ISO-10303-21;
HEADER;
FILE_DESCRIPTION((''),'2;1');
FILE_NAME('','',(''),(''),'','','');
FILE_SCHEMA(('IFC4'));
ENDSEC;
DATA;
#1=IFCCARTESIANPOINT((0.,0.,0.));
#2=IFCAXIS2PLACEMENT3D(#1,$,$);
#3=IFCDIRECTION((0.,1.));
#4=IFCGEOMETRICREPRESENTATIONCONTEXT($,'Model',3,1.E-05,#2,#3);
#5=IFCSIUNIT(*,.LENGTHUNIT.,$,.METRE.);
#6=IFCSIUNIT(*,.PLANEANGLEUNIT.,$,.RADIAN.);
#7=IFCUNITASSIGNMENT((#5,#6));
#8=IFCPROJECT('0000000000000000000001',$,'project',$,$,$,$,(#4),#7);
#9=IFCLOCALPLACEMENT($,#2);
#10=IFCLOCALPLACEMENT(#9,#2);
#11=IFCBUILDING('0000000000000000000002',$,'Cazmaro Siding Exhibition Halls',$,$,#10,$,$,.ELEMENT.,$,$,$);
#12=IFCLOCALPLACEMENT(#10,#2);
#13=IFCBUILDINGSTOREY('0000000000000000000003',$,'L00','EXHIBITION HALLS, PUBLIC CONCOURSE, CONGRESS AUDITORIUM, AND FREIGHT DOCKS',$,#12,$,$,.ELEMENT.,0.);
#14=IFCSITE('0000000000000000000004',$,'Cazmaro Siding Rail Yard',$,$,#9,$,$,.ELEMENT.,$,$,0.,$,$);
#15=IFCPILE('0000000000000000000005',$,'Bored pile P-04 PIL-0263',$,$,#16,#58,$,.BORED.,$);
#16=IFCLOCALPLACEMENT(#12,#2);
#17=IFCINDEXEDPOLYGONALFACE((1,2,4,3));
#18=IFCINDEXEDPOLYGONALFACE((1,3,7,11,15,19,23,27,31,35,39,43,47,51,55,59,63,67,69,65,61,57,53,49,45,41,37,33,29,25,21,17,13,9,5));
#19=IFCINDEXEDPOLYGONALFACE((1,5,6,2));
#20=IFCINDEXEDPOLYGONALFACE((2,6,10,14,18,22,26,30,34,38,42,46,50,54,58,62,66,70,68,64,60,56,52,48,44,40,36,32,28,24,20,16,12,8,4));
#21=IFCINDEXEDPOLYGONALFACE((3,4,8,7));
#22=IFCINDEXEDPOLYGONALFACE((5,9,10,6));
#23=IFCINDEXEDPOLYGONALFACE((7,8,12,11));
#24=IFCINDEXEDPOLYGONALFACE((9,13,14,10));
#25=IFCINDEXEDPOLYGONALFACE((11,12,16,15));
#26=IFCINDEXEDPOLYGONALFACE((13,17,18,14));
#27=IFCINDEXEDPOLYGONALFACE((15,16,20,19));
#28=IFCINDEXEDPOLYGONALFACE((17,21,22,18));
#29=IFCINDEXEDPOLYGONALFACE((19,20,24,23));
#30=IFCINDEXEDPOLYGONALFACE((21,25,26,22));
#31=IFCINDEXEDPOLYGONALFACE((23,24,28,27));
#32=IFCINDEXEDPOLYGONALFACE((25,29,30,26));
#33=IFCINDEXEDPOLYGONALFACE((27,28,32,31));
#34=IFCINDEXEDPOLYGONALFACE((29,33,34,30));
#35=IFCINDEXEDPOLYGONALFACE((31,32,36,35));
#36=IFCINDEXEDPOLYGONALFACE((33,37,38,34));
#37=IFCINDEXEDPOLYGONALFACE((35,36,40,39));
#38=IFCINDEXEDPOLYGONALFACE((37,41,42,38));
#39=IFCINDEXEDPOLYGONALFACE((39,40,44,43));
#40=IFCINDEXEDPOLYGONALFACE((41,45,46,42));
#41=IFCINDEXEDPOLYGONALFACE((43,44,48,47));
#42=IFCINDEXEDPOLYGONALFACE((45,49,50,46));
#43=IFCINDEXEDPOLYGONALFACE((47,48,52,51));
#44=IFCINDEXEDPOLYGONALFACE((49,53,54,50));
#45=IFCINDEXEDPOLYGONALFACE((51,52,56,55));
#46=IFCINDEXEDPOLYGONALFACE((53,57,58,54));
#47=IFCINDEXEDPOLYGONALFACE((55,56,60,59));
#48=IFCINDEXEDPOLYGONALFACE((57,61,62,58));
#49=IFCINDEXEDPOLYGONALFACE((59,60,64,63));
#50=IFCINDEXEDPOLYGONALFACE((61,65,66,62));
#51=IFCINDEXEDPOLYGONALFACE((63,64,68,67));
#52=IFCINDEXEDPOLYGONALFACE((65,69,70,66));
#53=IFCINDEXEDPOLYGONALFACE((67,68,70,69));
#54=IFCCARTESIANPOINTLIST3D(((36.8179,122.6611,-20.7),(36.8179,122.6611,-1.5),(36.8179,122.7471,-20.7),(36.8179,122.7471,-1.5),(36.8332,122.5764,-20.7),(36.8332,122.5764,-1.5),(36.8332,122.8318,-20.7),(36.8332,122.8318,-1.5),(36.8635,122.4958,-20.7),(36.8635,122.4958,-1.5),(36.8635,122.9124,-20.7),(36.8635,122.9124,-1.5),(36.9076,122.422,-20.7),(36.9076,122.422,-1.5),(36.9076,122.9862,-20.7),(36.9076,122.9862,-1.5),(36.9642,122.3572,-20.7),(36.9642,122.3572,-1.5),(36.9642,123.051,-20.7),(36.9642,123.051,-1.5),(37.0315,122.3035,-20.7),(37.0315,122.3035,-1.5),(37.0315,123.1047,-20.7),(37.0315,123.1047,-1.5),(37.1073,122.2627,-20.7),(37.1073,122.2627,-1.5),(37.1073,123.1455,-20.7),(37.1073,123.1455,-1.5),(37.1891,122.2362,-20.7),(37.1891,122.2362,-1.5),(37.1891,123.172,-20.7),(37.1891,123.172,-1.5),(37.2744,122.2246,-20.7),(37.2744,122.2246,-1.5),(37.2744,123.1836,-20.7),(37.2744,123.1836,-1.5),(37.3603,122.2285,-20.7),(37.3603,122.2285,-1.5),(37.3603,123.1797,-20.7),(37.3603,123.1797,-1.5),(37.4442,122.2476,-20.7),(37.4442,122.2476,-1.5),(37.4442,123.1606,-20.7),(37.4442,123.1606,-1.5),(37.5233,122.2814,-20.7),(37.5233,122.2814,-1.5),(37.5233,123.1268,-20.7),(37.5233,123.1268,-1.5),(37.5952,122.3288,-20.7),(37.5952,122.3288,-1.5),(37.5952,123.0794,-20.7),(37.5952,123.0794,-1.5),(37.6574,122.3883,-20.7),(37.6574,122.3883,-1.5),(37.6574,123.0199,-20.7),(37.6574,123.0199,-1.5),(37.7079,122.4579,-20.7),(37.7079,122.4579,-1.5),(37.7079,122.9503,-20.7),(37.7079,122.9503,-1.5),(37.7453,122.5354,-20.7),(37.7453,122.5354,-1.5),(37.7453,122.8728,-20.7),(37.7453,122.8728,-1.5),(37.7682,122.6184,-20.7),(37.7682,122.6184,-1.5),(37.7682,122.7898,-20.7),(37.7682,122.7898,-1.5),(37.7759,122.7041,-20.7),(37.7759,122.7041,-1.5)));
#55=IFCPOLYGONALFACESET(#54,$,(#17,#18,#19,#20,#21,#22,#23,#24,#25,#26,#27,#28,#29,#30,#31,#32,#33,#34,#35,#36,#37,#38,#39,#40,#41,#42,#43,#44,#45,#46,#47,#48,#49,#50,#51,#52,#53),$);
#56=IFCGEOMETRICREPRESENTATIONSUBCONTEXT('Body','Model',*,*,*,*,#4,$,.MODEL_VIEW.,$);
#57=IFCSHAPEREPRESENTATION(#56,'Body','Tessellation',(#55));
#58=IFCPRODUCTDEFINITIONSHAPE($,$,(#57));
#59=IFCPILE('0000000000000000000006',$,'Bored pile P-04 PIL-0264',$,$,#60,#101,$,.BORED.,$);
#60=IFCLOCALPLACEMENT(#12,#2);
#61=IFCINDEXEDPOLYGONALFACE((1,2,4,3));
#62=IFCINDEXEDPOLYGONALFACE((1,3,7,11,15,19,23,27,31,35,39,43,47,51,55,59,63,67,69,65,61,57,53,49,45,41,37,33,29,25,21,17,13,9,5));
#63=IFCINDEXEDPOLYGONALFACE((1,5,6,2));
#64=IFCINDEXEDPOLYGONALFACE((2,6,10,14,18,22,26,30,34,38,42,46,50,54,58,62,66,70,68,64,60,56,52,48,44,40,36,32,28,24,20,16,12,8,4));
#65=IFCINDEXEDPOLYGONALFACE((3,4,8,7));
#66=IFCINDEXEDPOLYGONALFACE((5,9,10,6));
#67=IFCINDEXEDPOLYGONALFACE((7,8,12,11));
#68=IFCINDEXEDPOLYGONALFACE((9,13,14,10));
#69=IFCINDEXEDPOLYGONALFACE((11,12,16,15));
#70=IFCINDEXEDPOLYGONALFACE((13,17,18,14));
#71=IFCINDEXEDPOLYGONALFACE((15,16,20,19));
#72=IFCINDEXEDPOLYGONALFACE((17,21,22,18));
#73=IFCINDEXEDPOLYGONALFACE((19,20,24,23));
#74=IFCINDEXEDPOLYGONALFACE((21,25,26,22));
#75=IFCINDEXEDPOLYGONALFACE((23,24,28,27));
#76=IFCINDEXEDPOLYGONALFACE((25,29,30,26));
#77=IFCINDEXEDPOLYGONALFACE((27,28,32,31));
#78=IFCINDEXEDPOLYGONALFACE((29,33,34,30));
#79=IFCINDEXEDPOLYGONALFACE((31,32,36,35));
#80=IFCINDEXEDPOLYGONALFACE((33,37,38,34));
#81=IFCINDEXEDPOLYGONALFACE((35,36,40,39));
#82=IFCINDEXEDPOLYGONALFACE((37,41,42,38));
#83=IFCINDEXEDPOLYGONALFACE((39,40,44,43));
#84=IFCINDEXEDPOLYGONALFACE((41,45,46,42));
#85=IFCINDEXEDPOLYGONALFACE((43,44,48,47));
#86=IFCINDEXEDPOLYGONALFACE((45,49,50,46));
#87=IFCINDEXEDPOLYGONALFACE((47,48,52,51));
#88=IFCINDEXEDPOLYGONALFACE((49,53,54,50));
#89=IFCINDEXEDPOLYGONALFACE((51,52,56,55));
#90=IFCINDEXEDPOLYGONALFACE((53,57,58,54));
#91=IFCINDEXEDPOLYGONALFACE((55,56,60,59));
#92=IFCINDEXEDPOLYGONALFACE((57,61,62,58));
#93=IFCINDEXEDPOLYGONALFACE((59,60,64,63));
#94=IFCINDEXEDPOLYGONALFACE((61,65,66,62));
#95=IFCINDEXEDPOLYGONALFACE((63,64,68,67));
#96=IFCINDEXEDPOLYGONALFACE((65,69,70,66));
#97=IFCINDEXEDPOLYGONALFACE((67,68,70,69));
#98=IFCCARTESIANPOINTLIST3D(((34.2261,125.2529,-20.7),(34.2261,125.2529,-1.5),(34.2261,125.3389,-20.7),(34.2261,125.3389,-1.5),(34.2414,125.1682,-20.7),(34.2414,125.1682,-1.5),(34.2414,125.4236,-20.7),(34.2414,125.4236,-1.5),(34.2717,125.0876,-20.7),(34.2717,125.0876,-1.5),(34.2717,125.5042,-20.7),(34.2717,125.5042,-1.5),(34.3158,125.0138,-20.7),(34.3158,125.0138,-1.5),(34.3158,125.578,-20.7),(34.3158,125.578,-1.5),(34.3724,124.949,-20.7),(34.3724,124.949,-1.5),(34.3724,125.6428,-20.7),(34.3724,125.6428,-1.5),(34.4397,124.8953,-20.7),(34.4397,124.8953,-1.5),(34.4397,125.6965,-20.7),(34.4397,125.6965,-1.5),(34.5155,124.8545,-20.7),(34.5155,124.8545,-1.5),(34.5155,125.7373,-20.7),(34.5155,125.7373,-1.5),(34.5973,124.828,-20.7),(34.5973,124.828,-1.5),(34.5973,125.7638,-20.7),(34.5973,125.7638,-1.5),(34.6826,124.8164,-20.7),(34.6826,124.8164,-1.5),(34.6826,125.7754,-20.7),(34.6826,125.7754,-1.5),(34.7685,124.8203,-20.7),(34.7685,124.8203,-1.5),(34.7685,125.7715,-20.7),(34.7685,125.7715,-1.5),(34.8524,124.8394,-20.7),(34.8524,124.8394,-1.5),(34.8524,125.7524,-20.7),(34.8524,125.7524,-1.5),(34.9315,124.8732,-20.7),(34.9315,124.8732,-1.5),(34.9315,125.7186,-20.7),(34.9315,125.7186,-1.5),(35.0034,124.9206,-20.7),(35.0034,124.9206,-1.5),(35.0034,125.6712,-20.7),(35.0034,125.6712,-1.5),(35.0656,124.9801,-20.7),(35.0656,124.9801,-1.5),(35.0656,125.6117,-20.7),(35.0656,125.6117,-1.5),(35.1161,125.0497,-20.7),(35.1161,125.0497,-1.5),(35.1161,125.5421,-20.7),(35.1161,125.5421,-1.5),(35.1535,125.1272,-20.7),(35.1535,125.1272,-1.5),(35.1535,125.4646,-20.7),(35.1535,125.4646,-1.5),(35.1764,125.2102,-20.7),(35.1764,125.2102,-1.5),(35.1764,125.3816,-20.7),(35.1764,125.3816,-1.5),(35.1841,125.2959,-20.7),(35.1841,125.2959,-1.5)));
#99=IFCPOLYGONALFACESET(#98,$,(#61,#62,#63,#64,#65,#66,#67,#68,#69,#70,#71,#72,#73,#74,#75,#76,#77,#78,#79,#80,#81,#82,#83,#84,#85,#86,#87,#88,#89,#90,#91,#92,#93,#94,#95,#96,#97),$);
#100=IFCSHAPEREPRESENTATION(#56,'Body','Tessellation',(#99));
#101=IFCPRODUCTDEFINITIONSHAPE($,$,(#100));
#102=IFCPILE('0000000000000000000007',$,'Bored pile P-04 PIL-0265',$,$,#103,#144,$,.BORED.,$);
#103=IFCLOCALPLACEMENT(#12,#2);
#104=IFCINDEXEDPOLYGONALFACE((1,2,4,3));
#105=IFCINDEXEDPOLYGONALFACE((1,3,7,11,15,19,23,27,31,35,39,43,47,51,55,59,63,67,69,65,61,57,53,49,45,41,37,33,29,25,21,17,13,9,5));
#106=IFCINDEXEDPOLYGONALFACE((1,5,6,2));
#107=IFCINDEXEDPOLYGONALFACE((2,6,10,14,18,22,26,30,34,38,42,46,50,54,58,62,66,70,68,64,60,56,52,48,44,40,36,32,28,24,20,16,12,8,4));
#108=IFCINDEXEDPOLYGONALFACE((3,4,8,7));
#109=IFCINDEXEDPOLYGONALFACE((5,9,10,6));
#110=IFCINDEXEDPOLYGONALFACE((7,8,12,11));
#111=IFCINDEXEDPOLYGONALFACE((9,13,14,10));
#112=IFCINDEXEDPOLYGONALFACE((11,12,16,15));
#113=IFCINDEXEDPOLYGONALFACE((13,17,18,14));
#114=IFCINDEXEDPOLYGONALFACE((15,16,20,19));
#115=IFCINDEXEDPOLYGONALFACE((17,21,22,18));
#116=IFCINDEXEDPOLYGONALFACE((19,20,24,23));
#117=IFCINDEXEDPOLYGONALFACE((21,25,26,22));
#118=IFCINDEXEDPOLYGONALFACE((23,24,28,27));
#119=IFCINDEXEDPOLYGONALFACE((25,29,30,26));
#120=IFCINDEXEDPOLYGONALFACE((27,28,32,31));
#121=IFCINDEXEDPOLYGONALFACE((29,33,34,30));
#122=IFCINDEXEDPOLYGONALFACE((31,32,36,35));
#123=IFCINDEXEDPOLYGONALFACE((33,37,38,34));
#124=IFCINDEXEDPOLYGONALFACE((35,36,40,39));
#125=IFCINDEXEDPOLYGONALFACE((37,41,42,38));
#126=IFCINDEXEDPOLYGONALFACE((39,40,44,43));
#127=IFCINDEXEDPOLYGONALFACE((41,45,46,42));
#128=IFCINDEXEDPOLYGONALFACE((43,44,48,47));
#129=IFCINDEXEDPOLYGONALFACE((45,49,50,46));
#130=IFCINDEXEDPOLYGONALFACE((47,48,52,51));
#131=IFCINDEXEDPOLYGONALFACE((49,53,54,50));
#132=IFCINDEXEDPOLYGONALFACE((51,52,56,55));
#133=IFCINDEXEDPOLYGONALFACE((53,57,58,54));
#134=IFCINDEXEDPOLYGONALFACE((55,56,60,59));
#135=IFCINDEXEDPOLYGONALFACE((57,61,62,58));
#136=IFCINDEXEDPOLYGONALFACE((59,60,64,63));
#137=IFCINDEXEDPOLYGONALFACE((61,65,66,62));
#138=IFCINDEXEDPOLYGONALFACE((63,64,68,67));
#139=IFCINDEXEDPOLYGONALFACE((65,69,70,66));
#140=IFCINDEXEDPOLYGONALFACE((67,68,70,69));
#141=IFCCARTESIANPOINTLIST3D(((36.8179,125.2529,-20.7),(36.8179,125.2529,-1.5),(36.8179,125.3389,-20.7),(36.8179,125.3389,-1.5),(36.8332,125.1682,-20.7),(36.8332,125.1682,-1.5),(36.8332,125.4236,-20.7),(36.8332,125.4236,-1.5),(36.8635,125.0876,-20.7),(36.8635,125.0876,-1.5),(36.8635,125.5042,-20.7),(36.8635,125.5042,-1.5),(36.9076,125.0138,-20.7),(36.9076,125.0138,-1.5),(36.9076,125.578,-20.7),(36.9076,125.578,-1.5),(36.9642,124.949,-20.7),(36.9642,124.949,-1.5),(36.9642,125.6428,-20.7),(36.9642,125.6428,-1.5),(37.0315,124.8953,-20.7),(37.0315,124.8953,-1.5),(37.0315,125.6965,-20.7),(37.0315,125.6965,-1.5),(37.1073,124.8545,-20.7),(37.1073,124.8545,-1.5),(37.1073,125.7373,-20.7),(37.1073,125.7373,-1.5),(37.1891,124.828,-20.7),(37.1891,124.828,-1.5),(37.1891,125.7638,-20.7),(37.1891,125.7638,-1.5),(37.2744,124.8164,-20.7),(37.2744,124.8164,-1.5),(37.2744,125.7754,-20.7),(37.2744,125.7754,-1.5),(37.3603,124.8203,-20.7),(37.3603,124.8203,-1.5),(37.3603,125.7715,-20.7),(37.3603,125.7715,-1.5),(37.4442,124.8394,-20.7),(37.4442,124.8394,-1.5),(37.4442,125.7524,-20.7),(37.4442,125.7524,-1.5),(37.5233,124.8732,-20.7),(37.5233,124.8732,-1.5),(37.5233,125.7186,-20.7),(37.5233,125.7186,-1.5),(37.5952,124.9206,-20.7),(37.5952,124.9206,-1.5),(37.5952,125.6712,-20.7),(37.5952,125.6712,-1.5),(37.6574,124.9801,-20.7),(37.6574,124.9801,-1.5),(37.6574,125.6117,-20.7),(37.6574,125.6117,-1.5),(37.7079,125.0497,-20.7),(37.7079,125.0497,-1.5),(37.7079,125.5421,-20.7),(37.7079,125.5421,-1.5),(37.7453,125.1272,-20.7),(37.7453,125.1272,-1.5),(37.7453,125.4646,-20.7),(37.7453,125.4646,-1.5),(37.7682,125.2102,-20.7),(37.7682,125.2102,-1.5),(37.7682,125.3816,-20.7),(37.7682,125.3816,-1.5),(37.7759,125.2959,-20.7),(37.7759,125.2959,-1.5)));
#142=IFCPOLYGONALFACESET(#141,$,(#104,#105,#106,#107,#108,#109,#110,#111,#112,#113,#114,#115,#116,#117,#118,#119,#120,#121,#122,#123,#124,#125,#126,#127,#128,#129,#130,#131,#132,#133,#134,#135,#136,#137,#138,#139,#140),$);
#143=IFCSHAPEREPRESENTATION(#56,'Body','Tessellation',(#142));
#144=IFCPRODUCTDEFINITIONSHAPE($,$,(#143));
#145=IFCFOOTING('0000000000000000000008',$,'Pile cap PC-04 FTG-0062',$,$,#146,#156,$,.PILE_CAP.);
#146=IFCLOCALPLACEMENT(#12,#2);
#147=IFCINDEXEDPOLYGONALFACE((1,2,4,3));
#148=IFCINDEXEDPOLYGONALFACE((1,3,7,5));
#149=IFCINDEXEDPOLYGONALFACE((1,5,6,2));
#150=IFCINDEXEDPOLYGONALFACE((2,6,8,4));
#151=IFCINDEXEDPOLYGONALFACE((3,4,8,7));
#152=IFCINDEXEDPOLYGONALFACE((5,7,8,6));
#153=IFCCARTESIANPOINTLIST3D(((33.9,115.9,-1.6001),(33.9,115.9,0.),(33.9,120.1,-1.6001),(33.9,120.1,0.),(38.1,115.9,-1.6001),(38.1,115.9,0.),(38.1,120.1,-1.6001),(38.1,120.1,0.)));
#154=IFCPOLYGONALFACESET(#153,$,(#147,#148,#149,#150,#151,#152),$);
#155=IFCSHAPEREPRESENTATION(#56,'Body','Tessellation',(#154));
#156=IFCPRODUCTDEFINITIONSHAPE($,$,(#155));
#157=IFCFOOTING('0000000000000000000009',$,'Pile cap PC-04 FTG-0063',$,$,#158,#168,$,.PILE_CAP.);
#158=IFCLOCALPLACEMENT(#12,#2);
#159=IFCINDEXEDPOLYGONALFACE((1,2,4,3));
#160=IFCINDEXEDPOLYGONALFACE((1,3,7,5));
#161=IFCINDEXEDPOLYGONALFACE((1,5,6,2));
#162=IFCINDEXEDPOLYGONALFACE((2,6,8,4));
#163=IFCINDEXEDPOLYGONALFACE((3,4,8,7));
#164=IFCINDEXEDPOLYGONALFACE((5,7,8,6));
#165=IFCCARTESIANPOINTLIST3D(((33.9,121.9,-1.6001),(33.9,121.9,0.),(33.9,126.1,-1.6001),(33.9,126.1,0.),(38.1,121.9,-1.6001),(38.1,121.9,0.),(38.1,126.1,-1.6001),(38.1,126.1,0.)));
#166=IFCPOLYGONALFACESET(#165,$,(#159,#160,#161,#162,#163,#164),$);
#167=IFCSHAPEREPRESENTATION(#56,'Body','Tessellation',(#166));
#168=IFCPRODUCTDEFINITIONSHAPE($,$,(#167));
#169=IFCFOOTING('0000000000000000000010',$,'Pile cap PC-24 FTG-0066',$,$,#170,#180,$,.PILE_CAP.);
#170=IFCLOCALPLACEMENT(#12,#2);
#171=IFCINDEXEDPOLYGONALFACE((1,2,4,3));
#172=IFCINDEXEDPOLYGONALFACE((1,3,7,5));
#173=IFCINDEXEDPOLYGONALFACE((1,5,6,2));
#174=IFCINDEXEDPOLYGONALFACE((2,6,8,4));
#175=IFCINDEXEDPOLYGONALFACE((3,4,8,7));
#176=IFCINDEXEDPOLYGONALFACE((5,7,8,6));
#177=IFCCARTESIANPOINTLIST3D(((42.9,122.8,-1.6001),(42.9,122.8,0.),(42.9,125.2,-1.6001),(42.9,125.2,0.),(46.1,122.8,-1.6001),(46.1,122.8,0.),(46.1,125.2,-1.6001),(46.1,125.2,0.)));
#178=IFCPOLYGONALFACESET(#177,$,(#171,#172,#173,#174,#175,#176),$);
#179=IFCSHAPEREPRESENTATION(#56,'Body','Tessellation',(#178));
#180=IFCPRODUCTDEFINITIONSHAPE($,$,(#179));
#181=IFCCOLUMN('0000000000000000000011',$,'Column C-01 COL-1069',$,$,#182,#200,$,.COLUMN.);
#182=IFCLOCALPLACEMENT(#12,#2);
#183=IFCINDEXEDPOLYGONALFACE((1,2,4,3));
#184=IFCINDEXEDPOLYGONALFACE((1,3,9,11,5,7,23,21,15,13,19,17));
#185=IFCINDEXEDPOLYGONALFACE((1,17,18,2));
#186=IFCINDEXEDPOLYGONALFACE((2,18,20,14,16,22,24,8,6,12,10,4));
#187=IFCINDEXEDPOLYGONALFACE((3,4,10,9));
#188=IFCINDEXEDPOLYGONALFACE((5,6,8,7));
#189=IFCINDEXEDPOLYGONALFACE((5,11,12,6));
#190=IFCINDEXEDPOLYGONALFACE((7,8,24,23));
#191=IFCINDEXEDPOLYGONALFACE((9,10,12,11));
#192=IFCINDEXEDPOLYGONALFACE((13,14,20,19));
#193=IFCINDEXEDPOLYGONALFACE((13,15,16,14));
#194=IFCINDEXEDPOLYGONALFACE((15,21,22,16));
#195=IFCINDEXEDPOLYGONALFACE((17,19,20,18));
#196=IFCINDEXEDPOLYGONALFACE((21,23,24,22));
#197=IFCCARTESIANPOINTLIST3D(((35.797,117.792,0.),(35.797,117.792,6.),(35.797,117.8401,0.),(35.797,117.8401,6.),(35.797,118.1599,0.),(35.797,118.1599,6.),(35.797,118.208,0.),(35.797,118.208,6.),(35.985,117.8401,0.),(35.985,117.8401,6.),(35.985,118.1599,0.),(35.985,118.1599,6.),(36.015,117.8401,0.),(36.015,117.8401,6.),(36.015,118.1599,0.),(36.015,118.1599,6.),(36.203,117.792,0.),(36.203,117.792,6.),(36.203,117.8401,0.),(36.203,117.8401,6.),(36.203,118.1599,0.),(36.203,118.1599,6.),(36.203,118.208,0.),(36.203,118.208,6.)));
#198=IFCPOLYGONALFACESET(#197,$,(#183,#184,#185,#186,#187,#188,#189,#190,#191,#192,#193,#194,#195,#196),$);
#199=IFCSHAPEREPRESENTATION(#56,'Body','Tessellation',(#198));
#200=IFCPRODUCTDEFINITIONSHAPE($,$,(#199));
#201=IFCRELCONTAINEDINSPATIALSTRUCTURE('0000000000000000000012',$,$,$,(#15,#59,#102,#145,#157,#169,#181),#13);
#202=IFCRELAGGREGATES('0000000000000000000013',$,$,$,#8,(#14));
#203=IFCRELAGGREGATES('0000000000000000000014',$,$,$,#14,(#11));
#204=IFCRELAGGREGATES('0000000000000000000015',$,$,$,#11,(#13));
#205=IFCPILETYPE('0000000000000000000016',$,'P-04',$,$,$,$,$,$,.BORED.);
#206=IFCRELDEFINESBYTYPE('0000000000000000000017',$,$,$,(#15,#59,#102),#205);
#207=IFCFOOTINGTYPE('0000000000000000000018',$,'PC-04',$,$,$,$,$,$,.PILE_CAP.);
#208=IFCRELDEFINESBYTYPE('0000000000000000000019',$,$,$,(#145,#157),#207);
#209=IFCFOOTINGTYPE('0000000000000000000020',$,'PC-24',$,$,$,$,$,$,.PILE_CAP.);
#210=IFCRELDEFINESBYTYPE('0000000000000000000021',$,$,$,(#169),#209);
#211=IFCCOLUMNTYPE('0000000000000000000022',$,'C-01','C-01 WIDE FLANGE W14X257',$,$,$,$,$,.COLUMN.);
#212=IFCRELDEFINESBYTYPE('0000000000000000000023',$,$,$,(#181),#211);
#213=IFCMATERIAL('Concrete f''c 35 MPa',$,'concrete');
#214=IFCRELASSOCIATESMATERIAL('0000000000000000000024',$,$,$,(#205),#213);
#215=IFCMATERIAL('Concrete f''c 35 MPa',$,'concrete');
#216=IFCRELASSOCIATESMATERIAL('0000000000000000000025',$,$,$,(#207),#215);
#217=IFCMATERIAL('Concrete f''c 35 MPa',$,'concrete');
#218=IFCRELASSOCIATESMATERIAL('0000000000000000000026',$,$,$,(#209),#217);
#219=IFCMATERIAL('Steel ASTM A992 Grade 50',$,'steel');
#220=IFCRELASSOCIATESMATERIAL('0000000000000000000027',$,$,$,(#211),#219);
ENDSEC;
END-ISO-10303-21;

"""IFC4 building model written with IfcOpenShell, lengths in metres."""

from ifc_helpers import new_model, si_unit, direction, frame, origin, origin_2d, place, context, subcontext, project, spatial, rectangle, circle, i_section, extrude, material, material_profile, profile_set, type_object, element, save


model = new_model("IFC4")

# Units and contexts
model_context = context("Model", 3, precision=1e-05, world=origin(), true_north=direction((0.0, 1.0)))
body_context = subcontext(model_context, "Body", "Model", "MODEL_VIEW")
ifc_project = project(units=[si_unit("LENGTHUNIT", "METRE"), si_unit("PLANEANGLEUNIT", "RADIAN")], contexts=[model_context])

# Site, building, storey
site_placement = place(None, origin())
site = spatial("IfcSite", under=ifc_project, at=site_placement, Name="Cazmaro Siding Rail Yard", CompositionType="ELEMENT", RefElevation=0.0)
building_placement = place(site_placement, origin())
building = spatial("IfcBuilding", under=site, at=building_placement, Name="Cazmaro Siding Exhibition Halls", CompositionType="ELEMENT")
storey_placement = place(building_placement, origin())
storey = spatial("IfcBuildingStorey", under=building, at=storey_placement, Name="L00", Description="EXHIBITION HALLS, PUBLIC CONCOURSE, CONGRESS AUDITORIUM, AND FREIGHT DOCKS", CompositionType="ELEMENT", Elevation=0.0)

# Piles
ifc_material_1 = material(Name="Concrete f'c 35 MPa", Category="concrete")
ifc_material_profile_1 = material_profile(ifc_material_1, circle(Radius=0.48, at=origin_2d()), Name="CIDH-960")
ifc_profile_set_1 = profile_set([ifc_material_profile_1], Name="Concrete f'c 35 MPa")
pile_type_1 = type_object("IfcPileType", Name="P-04", PredefinedType="BORED", material=ifc_profile_set_1)
for number, where, z_axis, x_axis, name in (
    (1, (37.2959, 122.7041, -1.5), (0.0, 0.0, -1.0), (1.0, 0.0, 0.0), "Bored pile P-04 PIL-0263"),
    (2, (34.7041, 125.2959, -1.5), (0.0, 0.0, -1.0), (1.0, 0.0, 0.0), "Bored pile P-04 PIL-0264"),
    (3, (37.2959, 125.2959, -1.5), (0.0, 0.0, -1.0), (1.0, 0.0, 0.0), "Bored pile P-04 PIL-0265"),
):
    element("IfcPile", number, at=place(storey_placement, frame(where, z_axis=z_axis, x_axis=x_axis)), inside=storey, type_object=pile_type_1, Name=name, PredefinedType="BORED", context=body_context, shape_type="SweptSolid", body=[
        extrude(circle(Radius=0.48, at=origin_2d()), origin(), (0.0, 0.0, 1.0), 19.2),
    ])

# Footings
ifc_material_2 = material(Name="Concrete f'c 35 MPa", Category="concrete")
footing_type_1 = type_object("IfcFootingType", Name="PC-04", PredefinedType="PILE_CAP", material=ifc_material_2)
for number, where, z_axis, x_axis, name in (
    (4, (36.0, 118.0, -1.6001), (0.0, 0.0, 1.0), (1.0, 0.0, 0.0), "Pile cap PC-04 FTG-0062"),
    (5, (36.0, 124.0, -1.6001), (0.0, 0.0, 1.0), (1.0, 0.0, 0.0), "Pile cap PC-04 FTG-0063"),
):
    element("IfcFooting", number, at=place(storey_placement, frame(where, z_axis=z_axis, x_axis=x_axis)), inside=storey, type_object=footing_type_1, Name=name, PredefinedType="PILE_CAP", context=body_context, shape_type="SweptSolid", body=[
        extrude(rectangle(XDim=4.2, YDim=4.2, at=origin_2d()), origin(), (0.0, 0.0, 1.0), 1.6001),
    ])
ifc_material_3 = material(Name="Concrete f'c 35 MPa", Category="concrete")
footing_type_2 = type_object("IfcFootingType", Name="PC-24", PredefinedType="PILE_CAP", material=ifc_material_3)
footing_placement = place(storey_placement, frame((44.5, 124.0, -1.6001), z_axis=(0.0, 0.0, 1.0), x_axis=(1.0, 0.0, 0.0)))
element("IfcFooting", 6, at=footing_placement, inside=storey, type_object=footing_type_2, Name="Pile cap PC-24 FTG-0066", PredefinedType="PILE_CAP", context=body_context, shape_type="SweptSolid", body=[
    extrude(rectangle(XDim=3.2, YDim=2.3999, at=origin_2d()), origin(), (0.0, 0.0, 1.0), 1.6001),
])

# Column
ifc_material_4 = material(Name="Steel ASTM A992 Grade 50", Category="steel")
ifc_material_profile_2 = material_profile(ifc_material_4, i_section(OverallWidth=0.406, OverallDepth=0.416, WebThickness=0.03, FlangeThickness=0.0481, at=origin_2d()), Name="W14X257")
ifc_profile_set_2 = profile_set([ifc_material_profile_2], Name="Steel ASTM A992 Grade 50")
column_type_1 = type_object("IfcColumnType", Name="C-01", Description="C-01 WIDE FLANGE W14X257", PredefinedType="COLUMN", material=ifc_profile_set_2)
for number, where, z_axis, x_axis, name in (
    (7, (36.0, 118.0, 0.0), (0.0, 0.0, 1.0), (1.0, 0.0, 0.0), "Column C-01 COL-1069"),
):
    element("IfcColumn", number, at=place(storey_placement, frame(where, z_axis=z_axis, x_axis=x_axis)), inside=storey, type_object=column_type_1, Name=name, PredefinedType="COLUMN", context=body_context, shape_type="SweptSolid", body=[
        extrude(i_section(OverallWidth=0.406, OverallDepth=0.416, WebThickness=0.03, FlangeThickness=0.0481, at=origin_2d()), origin(), (0.0, 0.0, 1.0), 6.0),
    ])

save(model, "model.ifc")
